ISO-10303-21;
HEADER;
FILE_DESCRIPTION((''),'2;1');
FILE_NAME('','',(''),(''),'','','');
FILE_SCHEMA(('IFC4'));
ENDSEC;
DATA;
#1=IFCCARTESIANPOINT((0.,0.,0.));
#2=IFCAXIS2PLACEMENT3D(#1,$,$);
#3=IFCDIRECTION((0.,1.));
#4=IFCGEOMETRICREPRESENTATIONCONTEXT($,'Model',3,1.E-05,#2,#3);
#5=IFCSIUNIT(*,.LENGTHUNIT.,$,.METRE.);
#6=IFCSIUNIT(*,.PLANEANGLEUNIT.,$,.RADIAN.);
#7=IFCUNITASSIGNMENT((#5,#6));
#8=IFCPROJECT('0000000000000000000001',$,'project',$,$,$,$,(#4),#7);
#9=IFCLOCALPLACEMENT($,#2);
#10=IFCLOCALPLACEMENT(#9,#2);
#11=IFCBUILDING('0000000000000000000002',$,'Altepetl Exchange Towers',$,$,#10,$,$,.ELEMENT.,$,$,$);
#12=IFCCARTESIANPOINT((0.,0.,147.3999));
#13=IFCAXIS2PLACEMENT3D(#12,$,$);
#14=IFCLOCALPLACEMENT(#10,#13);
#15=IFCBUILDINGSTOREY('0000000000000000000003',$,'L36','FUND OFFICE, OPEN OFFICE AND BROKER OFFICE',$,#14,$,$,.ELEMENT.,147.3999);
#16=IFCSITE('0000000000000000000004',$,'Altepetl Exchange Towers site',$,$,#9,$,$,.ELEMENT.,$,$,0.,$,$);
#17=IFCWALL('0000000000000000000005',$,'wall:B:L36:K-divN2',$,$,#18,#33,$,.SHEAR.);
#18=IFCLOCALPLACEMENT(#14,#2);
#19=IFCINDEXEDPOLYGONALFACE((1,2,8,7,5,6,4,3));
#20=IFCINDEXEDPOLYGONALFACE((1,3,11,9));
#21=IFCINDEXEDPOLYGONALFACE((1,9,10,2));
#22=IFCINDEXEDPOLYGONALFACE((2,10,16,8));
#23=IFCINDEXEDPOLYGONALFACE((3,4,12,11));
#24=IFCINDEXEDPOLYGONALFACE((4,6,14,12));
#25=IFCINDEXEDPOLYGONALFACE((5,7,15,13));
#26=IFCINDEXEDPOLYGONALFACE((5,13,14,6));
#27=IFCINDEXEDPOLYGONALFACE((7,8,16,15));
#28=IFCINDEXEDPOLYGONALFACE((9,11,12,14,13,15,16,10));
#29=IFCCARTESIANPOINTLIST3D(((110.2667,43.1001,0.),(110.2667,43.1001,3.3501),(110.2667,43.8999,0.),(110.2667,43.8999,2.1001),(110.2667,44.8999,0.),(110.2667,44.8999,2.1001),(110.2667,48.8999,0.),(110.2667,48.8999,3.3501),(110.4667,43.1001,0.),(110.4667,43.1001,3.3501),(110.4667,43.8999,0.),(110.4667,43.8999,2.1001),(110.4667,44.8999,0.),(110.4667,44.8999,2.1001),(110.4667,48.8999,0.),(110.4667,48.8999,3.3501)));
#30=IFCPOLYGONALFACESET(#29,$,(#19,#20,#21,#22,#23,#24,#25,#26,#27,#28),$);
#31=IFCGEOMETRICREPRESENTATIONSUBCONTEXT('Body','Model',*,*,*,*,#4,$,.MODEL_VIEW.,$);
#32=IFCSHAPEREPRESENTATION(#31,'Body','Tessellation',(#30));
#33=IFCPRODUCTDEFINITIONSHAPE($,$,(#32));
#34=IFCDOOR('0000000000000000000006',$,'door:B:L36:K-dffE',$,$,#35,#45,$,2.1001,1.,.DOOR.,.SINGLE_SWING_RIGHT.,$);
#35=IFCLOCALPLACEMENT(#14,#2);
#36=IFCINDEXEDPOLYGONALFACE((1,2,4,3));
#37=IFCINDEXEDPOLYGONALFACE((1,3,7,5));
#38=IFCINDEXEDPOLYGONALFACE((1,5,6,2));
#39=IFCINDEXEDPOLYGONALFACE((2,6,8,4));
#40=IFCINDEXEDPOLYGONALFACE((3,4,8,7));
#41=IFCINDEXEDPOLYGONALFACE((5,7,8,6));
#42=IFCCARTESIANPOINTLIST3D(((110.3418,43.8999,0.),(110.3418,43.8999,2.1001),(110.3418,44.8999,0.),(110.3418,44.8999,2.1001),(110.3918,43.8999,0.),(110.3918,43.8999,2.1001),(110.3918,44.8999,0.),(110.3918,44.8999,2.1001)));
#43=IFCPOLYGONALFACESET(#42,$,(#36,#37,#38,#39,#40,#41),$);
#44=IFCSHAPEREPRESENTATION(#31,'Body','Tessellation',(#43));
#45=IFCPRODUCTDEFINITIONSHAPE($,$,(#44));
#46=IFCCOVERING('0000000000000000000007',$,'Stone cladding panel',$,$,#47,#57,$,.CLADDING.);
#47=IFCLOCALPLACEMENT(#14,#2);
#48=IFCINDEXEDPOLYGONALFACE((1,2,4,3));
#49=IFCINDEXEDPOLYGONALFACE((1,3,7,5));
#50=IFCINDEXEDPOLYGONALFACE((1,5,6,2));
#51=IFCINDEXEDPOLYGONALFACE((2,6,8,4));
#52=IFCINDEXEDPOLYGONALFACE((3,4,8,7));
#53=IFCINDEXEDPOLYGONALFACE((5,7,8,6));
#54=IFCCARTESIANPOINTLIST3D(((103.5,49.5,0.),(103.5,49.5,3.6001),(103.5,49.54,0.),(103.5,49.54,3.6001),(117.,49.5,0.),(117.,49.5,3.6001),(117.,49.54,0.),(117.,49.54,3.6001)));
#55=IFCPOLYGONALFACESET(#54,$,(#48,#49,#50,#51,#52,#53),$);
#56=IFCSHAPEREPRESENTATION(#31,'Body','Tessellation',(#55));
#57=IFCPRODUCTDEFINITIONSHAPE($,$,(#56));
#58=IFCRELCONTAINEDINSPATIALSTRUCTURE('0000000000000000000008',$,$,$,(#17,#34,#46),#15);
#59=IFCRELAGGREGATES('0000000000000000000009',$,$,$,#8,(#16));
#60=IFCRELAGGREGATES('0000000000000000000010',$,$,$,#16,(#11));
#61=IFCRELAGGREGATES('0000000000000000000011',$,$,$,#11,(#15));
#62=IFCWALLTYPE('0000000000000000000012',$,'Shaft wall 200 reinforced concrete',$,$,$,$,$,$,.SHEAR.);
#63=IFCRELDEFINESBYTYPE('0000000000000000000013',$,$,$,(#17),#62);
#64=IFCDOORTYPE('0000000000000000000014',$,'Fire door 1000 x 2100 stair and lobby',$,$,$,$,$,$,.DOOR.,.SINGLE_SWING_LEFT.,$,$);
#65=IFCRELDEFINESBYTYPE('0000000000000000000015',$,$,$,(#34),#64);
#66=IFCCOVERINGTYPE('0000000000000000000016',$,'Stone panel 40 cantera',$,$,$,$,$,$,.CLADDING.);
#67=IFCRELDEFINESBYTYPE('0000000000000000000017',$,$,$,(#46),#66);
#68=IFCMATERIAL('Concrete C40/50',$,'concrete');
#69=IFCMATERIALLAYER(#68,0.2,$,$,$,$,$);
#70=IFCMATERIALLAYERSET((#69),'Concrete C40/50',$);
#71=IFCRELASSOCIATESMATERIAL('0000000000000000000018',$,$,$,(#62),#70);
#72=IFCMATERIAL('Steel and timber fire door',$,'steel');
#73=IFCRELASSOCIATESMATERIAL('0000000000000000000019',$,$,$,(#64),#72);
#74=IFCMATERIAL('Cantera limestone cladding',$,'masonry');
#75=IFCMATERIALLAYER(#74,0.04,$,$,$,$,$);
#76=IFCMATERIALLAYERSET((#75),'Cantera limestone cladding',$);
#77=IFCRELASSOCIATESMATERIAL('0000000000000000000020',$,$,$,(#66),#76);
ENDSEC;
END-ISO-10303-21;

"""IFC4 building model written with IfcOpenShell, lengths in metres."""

from ifc_helpers import new_model, si_unit, direction, frame, frame_2d, origin, origin_2d, place, context, subcontext, project, spatial, rectangle, extrude, material, layer, layer_set, type_object, element, fill, save


model = new_model("IFC4")

# Units and contexts
model_context = context("Model", 3, precision=1e-05, world=origin(), true_north=direction((0.0, 1.0)))
body_context = subcontext(model_context, "Body", "Model", "MODEL_VIEW")
ifc_project = project(units=[si_unit("LENGTHUNIT", "METRE"), si_unit("PLANEANGLEUNIT", "RADIAN")], contexts=[model_context])

# Site, building, storey
site_placement = place(None, origin())
site = spatial("IfcSite", under=ifc_project, at=site_placement, Name="Altepetl Exchange Towers site", CompositionType="ELEMENT", RefElevation=0.0)
building_placement = place(site_placement, origin())
building = spatial("IfcBuilding", under=site, at=building_placement, Name="Altepetl Exchange Towers", CompositionType="ELEMENT")
storey_placement = place(building_placement, frame((0.0, 0.0, 147.3999)))
storey = spatial("IfcBuildingStorey", under=building, at=storey_placement, Name="L36", Description="FUND OFFICE, OPEN OFFICE AND BROKER OFFICE", CompositionType="ELEMENT", Elevation=147.3999)

# Shared definitions
ifc_material_1 = material(Name="Concrete C40/50", Category="concrete")
ifc_layer_1 = layer(ifc_material_1, 0.2)
ifc_layer_set_1 = layer_set([ifc_layer_1], Name="Concrete C40/50")
wall_type_1 = type_object("IfcWallType", Name="Shaft wall 200 reinforced concrete", PredefinedType="SHEAR", material=ifc_layer_set_1)

# Wall, opening, door
wall_1_placement = place(storey_placement, frame((110.3667, 48.8999, 0.0), z_axis=(0.0, 0.0, 1.0), x_axis=(0.0, -1.0, 0.0)))
wall_1 = element("IfcWall", 1, at=wall_1_placement, inside=storey, type_object=wall_type_1, Name="wall:B:L36:K-divN2", PredefinedType="SHEAR", context=body_context, shape_type="SweptSolid", body=[
    extrude(rectangle(XDim=5.7998, YDim=0.2, at=frame_2d((2.8999, 0.0))), origin(), (0.0, 0.0, 1.0), 3.3501),
])
opening_placement = place(wall_1_placement, frame((4.0, 0.0, 0.0)))
opening = element("IfcOpeningElement", 2, at=opening_placement, cuts=wall_1, PredefinedType="OPENING", context=body_context, shape_type="SweptSolid", body=[
    extrude(rectangle(XDim=1.0, YDim=2.1001, at=frame_2d((0.5, 1.05))), frame((0.0, 0.1099, 0.0), z_axis=(0.0, -1.0, 0.0), x_axis=(1.0, 0.0, 0.0)), (0.0, 0.0, 1.0), 0.22),
])
ifc_material_2 = material(Name="Steel and timber fire door", Category="steel")
door_type = type_object("IfcDoorType", Name="Fire door 1000 x 2100 stair and lobby", OperationType="SINGLE_SWING_LEFT", PredefinedType="DOOR", material=ifc_material_2)
door_placement = place(opening_placement, frame((1.0, 0.0, 0.0), x_axis=(-1.0, 0.0, 0.0)))
door = element("IfcDoor", 3, at=door_placement, inside=storey, type_object=door_type, Name="door:B:L36:K-dffE", OperationType="SINGLE_SWING_RIGHT", OverallHeight=2.1001, OverallWidth=1.0, PredefinedType="DOOR", context=body_context, shape_type="SweptSolid", body=[
    extrude(rectangle(XDim=1.0, YDim=2.1001, at=frame_2d((0.5, 1.05))), frame((0.0, 0.0249, 0.0), z_axis=(0.0, -1.0, 0.0), x_axis=(1.0, 0.0, 0.0)), (0.0, 0.0, 1.0), 0.05),
])
fill(opening, door)

# Covering
ifc_material_3 = material(Name="Cantera limestone cladding", Category="masonry")
ifc_layer_2 = layer(ifc_material_3, 0.04)
ifc_layer_set_2 = layer_set([ifc_layer_2], Name="Cantera limestone cladding")
covering_type = type_object("IfcCoveringType", Name="Stone panel 40 cantera", PredefinedType="CLADDING", material=ifc_layer_set_2)
covering_placement = place(storey_placement, frame((110.25, 49.52, 0.0), z_axis=(0.0, 0.0, 1.0), x_axis=(-1.0, 0.0, 0.0)))
element("IfcCovering", 4, at=covering_placement, inside=storey, type_object=covering_type, Name="Stone cladding panel", PredefinedType="CLADDING", context=body_context, shape_type="SweptSolid", body=[
    extrude(rectangle(XDim=13.5, YDim=0.04, at=origin_2d()), origin(), (0.0, 0.0, 1.0), 3.6001),
])

save(model, "model.ifc")
